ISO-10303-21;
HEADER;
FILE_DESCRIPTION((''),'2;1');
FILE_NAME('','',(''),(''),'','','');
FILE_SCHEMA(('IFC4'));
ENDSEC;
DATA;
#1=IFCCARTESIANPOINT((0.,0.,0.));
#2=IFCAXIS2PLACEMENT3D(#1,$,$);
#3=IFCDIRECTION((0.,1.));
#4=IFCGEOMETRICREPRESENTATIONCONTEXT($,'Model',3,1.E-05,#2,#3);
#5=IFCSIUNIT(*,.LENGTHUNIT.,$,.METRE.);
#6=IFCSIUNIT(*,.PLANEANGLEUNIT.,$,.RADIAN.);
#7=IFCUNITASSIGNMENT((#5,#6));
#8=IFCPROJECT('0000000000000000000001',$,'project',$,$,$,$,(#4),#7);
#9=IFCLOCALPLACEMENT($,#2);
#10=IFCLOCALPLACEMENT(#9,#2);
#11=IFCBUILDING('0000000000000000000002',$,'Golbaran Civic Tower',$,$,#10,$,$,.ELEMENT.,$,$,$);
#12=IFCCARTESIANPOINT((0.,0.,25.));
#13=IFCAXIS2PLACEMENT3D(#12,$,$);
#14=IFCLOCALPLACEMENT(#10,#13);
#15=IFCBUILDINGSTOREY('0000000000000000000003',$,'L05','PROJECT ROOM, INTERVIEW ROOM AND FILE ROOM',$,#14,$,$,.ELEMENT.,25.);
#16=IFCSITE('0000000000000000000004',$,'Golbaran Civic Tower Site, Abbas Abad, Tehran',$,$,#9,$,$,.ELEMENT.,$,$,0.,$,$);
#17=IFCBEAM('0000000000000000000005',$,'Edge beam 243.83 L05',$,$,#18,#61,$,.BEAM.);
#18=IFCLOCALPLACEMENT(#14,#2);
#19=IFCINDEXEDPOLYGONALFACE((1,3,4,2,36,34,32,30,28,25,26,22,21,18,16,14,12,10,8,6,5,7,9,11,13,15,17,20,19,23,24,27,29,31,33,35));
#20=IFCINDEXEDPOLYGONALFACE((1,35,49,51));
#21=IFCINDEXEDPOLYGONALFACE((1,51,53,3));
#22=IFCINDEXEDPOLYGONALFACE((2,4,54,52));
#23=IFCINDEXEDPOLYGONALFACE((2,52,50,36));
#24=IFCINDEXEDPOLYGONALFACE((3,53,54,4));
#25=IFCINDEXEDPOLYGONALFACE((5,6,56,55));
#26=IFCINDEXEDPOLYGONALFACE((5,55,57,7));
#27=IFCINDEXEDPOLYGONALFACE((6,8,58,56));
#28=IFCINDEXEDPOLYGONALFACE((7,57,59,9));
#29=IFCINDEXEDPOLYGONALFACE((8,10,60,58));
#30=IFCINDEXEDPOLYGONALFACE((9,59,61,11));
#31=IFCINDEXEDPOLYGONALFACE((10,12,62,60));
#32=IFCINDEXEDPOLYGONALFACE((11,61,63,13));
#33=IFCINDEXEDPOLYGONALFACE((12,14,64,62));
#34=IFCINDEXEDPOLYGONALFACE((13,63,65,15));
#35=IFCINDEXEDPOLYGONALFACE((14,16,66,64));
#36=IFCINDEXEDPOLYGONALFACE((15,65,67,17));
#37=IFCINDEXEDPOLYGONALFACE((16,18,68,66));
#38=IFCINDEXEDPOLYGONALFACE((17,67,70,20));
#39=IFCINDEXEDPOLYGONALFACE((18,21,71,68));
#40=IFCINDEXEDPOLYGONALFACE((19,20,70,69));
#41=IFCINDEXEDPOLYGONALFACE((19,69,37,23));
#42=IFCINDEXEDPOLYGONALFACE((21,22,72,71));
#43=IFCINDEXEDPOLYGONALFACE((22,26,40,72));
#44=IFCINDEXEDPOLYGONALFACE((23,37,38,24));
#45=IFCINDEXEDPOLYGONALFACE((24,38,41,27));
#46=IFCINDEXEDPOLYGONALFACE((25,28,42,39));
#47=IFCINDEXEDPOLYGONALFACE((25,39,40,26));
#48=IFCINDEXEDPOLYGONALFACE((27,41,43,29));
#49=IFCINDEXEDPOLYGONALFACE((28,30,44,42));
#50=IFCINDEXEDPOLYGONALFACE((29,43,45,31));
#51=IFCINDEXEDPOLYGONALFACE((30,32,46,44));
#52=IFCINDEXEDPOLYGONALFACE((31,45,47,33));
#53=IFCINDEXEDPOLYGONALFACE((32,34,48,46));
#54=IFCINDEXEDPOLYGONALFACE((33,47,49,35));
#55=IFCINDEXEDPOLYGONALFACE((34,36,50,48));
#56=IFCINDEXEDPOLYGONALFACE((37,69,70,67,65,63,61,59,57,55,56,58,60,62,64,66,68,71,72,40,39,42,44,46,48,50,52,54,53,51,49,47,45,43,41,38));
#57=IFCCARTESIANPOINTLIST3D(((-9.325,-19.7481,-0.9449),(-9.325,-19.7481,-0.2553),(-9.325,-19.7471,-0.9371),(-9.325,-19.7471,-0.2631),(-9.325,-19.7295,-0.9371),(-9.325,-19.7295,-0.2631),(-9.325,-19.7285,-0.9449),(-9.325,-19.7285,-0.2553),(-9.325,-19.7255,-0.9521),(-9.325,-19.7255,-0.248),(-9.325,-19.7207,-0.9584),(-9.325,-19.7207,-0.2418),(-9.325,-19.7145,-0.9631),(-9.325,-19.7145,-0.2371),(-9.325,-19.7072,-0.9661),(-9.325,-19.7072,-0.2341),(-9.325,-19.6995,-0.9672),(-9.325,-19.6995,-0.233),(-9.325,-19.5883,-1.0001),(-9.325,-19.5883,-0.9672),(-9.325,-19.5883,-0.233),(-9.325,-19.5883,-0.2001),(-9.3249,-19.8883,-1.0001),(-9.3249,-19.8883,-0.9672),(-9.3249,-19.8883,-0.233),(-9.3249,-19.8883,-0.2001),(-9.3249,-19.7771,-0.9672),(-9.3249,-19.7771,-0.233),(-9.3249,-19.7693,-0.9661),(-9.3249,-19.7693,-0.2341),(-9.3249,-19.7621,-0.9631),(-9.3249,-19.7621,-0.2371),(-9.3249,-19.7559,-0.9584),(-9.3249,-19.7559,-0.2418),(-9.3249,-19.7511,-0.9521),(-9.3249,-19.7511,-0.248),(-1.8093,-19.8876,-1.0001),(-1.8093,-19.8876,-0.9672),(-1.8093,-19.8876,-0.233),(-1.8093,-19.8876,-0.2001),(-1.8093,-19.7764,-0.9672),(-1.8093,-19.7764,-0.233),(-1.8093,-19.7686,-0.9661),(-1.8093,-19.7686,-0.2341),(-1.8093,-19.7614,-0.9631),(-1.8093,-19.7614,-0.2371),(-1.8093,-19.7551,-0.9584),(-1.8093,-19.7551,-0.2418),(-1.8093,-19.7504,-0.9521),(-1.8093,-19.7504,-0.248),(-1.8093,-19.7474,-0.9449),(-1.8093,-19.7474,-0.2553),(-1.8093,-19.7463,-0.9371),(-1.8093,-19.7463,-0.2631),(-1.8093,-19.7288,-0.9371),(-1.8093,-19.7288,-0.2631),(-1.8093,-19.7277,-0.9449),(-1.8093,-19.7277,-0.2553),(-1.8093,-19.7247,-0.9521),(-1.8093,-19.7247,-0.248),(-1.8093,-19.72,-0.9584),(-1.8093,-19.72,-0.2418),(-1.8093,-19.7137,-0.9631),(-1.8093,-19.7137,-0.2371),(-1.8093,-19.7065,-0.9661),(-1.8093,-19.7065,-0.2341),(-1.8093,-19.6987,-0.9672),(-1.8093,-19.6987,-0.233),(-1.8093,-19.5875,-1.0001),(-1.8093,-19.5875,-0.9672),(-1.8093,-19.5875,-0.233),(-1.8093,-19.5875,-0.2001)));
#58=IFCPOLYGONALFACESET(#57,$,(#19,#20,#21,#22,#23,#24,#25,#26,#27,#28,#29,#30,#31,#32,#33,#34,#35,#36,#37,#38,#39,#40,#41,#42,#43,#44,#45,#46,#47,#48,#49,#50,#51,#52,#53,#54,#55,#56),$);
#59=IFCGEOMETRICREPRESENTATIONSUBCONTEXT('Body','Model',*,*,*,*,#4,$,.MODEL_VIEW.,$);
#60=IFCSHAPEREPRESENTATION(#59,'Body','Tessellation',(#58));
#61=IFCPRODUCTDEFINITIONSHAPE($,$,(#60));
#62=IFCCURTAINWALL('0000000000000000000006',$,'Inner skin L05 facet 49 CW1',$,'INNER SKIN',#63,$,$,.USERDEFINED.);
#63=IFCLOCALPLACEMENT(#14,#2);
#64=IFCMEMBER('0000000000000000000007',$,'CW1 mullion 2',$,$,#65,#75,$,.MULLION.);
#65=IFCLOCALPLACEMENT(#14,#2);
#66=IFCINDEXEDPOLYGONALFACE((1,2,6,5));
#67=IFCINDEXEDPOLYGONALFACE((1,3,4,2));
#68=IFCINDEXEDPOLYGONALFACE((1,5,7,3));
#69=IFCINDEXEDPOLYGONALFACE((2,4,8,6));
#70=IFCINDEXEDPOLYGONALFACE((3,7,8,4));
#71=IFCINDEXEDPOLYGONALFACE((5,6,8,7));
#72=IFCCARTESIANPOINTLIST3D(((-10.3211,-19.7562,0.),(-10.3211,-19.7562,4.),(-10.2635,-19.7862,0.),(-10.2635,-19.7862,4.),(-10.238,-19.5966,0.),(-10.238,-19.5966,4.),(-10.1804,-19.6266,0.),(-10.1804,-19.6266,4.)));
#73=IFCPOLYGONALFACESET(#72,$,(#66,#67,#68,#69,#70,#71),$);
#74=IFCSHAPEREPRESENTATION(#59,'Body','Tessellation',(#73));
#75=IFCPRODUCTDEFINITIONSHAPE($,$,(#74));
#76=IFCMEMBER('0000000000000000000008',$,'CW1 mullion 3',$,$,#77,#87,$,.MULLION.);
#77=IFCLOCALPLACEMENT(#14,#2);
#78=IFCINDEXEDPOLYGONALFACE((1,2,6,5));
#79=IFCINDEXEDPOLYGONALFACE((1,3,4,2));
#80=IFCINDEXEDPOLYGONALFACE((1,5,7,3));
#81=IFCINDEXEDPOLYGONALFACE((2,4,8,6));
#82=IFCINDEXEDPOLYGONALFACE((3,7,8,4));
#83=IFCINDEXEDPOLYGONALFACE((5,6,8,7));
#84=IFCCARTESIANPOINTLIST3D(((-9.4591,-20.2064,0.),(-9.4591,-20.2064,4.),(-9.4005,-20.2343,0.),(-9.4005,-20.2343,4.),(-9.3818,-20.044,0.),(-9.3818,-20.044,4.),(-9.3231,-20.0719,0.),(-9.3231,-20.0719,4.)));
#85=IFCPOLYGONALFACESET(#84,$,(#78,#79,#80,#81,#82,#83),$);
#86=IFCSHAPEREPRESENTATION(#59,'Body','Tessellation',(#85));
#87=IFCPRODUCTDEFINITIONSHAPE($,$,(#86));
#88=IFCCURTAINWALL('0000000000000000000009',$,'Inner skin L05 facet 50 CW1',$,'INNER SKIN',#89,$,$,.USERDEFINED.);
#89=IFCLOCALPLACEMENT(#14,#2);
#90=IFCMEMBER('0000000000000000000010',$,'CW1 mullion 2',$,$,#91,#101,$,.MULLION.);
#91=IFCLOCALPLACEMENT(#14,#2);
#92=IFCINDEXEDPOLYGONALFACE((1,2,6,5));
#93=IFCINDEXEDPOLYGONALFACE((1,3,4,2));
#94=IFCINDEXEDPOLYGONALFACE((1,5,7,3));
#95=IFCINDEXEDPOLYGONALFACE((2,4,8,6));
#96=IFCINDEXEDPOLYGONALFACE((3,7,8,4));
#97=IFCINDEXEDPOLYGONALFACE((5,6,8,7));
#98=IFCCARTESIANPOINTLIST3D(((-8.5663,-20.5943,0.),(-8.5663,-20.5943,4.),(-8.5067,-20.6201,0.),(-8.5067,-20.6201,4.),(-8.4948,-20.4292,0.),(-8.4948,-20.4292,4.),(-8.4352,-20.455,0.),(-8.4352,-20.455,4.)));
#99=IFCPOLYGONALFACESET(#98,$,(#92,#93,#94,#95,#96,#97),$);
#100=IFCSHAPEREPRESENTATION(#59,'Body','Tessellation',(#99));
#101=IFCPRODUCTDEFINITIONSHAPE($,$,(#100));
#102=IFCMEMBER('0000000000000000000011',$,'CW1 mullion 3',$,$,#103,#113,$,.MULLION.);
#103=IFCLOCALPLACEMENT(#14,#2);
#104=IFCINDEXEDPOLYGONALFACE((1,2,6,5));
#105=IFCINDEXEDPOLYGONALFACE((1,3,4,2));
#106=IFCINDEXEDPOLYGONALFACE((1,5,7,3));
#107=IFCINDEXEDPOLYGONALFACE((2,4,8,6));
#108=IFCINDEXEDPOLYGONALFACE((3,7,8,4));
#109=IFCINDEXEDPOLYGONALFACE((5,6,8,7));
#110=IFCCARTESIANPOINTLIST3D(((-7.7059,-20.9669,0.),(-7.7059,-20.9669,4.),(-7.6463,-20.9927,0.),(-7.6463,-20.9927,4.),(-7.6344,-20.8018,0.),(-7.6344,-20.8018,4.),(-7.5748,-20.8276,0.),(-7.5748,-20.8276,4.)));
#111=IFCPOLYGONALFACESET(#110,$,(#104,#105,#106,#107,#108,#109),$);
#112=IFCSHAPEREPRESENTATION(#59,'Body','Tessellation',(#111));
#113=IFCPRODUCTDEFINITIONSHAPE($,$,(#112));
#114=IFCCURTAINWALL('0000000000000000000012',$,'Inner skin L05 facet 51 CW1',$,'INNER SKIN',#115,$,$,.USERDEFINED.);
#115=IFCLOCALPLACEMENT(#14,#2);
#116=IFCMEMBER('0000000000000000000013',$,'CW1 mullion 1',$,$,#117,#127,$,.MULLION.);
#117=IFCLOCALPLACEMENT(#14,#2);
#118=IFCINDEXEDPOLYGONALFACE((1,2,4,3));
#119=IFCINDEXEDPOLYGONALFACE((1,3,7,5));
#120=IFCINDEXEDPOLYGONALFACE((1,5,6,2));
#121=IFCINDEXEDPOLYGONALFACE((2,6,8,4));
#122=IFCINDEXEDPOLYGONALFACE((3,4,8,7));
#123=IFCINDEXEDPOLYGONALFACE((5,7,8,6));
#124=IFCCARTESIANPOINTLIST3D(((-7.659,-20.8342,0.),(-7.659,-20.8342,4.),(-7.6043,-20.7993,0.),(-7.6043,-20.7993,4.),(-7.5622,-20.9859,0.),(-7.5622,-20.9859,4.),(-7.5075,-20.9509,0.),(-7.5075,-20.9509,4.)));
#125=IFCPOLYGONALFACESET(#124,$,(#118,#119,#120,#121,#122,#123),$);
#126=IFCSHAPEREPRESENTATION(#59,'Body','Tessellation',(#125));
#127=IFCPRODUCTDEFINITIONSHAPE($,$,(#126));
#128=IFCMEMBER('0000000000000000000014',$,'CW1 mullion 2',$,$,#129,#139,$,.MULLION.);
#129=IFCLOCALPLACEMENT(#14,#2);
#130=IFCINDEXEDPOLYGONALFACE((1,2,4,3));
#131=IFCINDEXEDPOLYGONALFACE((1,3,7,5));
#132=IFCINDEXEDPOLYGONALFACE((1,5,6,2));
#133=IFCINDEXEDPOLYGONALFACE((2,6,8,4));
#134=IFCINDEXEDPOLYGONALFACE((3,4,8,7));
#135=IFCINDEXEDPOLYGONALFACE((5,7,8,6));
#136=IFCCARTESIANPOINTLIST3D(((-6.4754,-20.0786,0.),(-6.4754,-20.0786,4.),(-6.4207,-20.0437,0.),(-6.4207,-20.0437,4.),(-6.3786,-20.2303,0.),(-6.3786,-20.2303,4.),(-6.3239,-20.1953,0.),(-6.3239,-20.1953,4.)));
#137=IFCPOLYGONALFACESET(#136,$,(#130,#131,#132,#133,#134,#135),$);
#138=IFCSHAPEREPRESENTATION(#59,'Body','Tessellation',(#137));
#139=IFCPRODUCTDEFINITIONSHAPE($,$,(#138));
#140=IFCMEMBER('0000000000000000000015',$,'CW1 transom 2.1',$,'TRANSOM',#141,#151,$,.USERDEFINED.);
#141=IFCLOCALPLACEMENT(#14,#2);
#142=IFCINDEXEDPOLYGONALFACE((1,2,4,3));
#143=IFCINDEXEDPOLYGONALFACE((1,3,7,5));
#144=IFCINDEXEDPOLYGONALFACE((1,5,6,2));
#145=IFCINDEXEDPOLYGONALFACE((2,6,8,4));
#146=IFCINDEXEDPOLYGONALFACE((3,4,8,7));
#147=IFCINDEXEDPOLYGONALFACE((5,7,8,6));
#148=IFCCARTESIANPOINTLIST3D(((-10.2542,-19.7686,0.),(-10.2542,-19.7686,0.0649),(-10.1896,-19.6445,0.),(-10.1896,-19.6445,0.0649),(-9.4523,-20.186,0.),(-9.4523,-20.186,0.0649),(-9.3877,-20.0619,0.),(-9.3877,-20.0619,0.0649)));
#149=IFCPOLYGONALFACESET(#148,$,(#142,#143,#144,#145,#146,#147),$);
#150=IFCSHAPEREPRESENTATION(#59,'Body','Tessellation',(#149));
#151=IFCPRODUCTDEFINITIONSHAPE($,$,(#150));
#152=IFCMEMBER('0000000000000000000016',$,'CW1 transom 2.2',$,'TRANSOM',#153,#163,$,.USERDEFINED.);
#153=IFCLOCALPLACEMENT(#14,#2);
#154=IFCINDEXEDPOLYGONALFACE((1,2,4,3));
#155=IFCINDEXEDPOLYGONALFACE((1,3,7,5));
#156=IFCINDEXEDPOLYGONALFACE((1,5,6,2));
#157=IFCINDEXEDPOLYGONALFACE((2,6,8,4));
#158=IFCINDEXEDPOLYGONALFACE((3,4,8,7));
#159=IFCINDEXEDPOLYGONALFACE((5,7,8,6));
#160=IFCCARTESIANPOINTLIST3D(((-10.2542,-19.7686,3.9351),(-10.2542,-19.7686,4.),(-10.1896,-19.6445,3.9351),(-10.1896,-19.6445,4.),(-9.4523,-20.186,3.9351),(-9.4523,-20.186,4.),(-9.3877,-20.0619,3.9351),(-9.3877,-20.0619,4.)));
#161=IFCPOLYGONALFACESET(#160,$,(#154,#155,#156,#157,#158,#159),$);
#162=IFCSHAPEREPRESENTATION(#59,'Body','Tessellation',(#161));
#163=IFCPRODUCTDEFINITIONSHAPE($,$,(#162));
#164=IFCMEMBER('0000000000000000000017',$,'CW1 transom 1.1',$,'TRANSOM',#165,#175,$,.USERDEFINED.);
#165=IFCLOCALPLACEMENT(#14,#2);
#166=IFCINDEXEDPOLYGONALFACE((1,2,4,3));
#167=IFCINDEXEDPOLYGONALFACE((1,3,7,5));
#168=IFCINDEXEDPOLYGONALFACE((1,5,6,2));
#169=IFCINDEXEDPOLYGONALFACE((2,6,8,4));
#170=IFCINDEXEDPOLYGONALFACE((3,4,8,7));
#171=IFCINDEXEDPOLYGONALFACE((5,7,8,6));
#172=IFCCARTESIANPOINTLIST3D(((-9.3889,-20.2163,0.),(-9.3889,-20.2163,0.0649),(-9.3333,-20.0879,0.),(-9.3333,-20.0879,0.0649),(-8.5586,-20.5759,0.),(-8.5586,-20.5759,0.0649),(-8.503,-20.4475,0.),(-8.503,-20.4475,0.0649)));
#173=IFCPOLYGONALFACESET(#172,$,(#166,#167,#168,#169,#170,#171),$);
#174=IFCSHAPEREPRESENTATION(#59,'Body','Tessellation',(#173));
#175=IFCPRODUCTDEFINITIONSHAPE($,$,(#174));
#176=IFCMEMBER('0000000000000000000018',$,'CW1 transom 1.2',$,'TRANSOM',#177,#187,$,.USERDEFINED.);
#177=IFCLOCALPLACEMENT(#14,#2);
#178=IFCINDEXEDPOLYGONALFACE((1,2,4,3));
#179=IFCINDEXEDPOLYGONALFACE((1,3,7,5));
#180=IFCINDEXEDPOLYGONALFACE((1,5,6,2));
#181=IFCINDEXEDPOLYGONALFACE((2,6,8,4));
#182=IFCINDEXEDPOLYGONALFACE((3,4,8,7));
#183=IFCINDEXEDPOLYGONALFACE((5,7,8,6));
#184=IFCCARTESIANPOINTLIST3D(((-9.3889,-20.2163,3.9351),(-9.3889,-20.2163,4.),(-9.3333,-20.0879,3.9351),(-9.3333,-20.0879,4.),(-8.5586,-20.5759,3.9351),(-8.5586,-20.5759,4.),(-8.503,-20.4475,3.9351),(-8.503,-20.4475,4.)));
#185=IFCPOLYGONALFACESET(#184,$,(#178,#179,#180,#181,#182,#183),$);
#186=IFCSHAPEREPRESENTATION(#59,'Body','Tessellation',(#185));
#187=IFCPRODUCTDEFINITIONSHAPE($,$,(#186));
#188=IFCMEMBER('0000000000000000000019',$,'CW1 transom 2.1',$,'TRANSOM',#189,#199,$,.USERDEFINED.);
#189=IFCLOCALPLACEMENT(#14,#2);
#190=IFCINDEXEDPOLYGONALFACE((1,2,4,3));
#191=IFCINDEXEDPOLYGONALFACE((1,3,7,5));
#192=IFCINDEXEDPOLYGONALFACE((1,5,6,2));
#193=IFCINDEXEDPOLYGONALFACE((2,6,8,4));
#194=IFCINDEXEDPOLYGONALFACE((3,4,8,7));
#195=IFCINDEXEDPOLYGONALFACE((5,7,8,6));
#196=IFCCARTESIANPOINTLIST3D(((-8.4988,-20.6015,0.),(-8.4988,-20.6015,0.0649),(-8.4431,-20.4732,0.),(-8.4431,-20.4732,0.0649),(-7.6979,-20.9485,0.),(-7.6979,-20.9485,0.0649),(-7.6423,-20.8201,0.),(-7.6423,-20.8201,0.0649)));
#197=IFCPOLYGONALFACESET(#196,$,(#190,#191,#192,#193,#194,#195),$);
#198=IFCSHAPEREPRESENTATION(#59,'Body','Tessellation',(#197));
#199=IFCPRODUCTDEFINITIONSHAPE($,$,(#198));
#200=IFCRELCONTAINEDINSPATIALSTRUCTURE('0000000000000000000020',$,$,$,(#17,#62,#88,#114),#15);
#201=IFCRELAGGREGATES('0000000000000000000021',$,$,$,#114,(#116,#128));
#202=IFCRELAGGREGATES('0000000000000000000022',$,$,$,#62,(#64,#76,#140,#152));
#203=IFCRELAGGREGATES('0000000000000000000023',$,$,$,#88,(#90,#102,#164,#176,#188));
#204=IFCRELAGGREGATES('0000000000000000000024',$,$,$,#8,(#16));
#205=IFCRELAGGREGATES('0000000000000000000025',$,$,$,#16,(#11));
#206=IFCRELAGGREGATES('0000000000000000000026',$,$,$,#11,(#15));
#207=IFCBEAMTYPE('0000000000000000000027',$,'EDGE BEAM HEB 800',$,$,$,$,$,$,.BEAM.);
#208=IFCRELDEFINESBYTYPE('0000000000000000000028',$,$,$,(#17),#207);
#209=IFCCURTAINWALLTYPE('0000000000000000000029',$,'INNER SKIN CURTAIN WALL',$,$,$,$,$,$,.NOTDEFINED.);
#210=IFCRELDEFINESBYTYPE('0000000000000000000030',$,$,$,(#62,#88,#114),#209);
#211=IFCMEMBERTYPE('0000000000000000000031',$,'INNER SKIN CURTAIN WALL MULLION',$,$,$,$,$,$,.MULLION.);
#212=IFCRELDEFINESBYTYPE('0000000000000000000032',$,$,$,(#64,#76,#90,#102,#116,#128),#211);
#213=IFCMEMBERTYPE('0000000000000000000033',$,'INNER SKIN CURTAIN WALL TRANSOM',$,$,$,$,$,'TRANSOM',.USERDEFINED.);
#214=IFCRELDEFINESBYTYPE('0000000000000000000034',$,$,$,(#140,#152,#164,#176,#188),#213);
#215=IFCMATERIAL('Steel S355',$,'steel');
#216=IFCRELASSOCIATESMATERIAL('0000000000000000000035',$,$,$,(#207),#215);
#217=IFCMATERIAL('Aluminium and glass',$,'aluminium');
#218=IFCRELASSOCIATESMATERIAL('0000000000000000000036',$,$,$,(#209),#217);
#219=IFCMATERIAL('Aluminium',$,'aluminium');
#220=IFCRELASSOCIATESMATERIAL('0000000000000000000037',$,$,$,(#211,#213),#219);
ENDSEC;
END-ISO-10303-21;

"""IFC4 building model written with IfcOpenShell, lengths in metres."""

from ifc_helpers import new_model, si_unit, direction, frame, origin, origin_2d, place, context, subcontext, project, spatial, rectangle, i_section, extrude, material, material_profile, profile_set, type_object, element, aggregate, save


model = new_model("IFC4")

# Units and contexts
model_context = context("Model", 3, precision=1e-05, world=origin(), true_north=direction((0.0, 1.0)))
body_context = subcontext(model_context, "Body", "Model", "MODEL_VIEW")
ifc_project = project(units=[si_unit("LENGTHUNIT", "METRE"), si_unit("PLANEANGLEUNIT", "RADIAN")], contexts=[model_context])

# Site, building, storey
site_placement = place(None, origin())
site = spatial("IfcSite", under=ifc_project, at=site_placement, Name="Golbaran Civic Tower Site, Abbas Abad, Tehran", CompositionType="ELEMENT", RefElevation=0.0)
building_placement = place(site_placement, origin())
building = spatial("IfcBuilding", under=site, at=building_placement, Name="Golbaran Civic Tower", CompositionType="ELEMENT")
storey_placement = place(building_placement, frame((0.0, 0.0, 25.0)))
storey = spatial("IfcBuildingStorey", under=building, at=storey_placement, Name="L05", Description="PROJECT ROOM, INTERVIEW ROOM AND FILE ROOM", CompositionType="ELEMENT", Elevation=25.0)

# Beam
ifc_material_1 = material(Name="Steel S355", Category="steel")
ifc_material_profile_1 = material_profile(ifc_material_1, i_section(OverallWidth=0.3, OverallDepth=0.8, WebThickness=0.0176, FlangeThickness=0.033, FilletRadius=0.03, at=origin_2d()), Name="HEB 800")
ifc_profile_set_1 = profile_set([ifc_material_profile_1], Name="Steel S355")
beam_type = type_object("IfcBeamType", Name="EDGE BEAM HEB 800", PredefinedType="BEAM", material=ifc_profile_set_1)
beam_placement = place(storey_placement, frame((-9.325, -19.7383, -0.6001), z_axis=(1.0, 0.000097, 0.0), x_axis=(-0.000097, 1.0, 0.0)))
element("IfcBeam", 1, at=beam_placement, inside=storey, type_object=beam_type, Name="Edge beam 243.83 L05", PredefinedType="BEAM", context=body_context, shape_type="SweptSolid", body=[
    extrude(i_section(OverallWidth=0.3, OverallDepth=0.8, WebThickness=0.0176, FlangeThickness=0.033, FilletRadius=0.03, at=origin_2d()), origin(), (0.0, 0.0, 1.0), 7.5156),
])

# Curtain walls, members
ifc_material_2 = material(Name="Aluminium and glass", Category="aluminium")
curtain_wall_type = type_object("IfcCurtainWallType", Name="INNER SKIN CURTAIN WALL", PredefinedType="NOTDEFINED", material=ifc_material_2)
curtain_wall_1_placement = place(storey_placement, origin())
curtain_wall_1 = element("IfcCurtainWall", 2, at=curtain_wall_1_placement, inside=storey, type_object=curtain_wall_type, Name="Inner skin L05 facet 49 CW1", ObjectType="INNER SKIN", PredefinedType="USERDEFINED")
ifc_material_3 = material(Name="Aluminium", Category="aluminium")
ifc_material_profile_2 = material_profile(ifc_material_3, rectangle(XDim=0.1799, YDim=0.0649, at=origin_2d()), Name="INNER SKIN CURTAIN WALL MULLION")
ifc_profile_set_2 = profile_set([ifc_material_profile_2], Name="Aluminium")
member_type_1 = type_object("IfcMemberType", Name="INNER SKIN CURTAIN WALL MULLION", PredefinedType="MULLION", material=ifc_profile_set_2)
member_1_placement = place(storey_placement, frame((-10.2507, -19.6914, 0.0), z_axis=(0.0, 0.0, 1.0), x_axis=(0.461749, 0.887011, 0.0)))
member_1 = element("IfcMember", 3, at=member_1_placement, type_object=member_type_1, Name="CW1 mullion 2", PredefinedType="MULLION", context=body_context, shape_type="SweptSolid", body=[
    extrude(rectangle(XDim=0.1799, YDim=0.0649, at=origin_2d()), origin(), (0.0, 0.0, 1.0), 4.0),
])
member_2_placement = place(storey_placement, frame((-9.3911, -20.1392, 0.0), z_axis=(0.0, 0.0, 1.0), x_axis=(0.429839, 0.902906, 0.0)))
member_2 = element("IfcMember", 4, at=member_2_placement, type_object=member_type_1, Name="CW1 mullion 3", PredefinedType="MULLION", context=body_context, shape_type="SweptSolid", body=[
    extrude(rectangle(XDim=0.1799, YDim=0.0649, at=origin_2d()), origin(), (0.0, 0.0, 1.0), 4.0),
])
curtain_wall_2_placement = place(storey_placement, origin())
curtain_wall_2 = element("IfcCurtainWall", 5, at=curtain_wall_2_placement, inside=storey, type_object=curtain_wall_type, Name="Inner skin L05 facet 50 CW1", ObjectType="INNER SKIN", PredefinedType="USERDEFINED")
member_3_placement = place(storey_placement, frame((-8.5007, -20.5247, 0.0), z_axis=(0.0, 0.0, 1.0), x_axis=(0.397383, 0.917653, 0.0)))
member_3 = element("IfcMember", 6, at=member_3_placement, type_object=member_type_1, Name="CW1 mullion 2", PredefinedType="MULLION", context=body_context, shape_type="SweptSolid", body=[
    extrude(rectangle(XDim=0.1799, YDim=0.0649, at=origin_2d()), origin(), (0.0, 0.0, 1.0), 4.0),
])
member_4_placement = place(storey_placement, frame((-7.6404, -20.8972, 0.0), z_axis=(0.0, 0.0, 1.0), x_axis=(0.397383, 0.917653, 0.0)))
member_4 = element("IfcMember", 7, at=member_4_placement, type_object=member_type_1, Name="CW1 mullion 3", PredefinedType="MULLION", context=body_context, shape_type="SweptSolid", body=[
    extrude(rectangle(XDim=0.1799, YDim=0.0649, at=origin_2d()), origin(), (0.0, 0.0, 1.0), 4.0),
])
curtain_wall_3_placement = place(storey_placement, origin())
curtain_wall_3 = element("IfcCurtainWall", 8, at=curtain_wall_3_placement, inside=storey, type_object=curtain_wall_type, Name="Inner skin L05 facet 51 CW1", ObjectType="INNER SKIN", PredefinedType="USERDEFINED")
member_5_placement = place(storey_placement, frame((-7.5833, -20.8926, 0.0), z_axis=(0.0, 0.0, 1.0), x_axis=(-0.538063, 0.842904, 0.0)))
member_5 = element("IfcMember", 9, at=member_5_placement, type_object=member_type_1, Name="CW1 mullion 1", PredefinedType="MULLION", context=body_context, shape_type="SweptSolid", body=[
    extrude(rectangle(XDim=0.1799, YDim=0.0649, at=origin_2d()), origin(), (0.0, 0.0, 1.0), 4.0),
])
member_6_placement = place(storey_placement, frame((-6.3997, -20.137, 0.0), z_axis=(0.0, 0.0, 1.0), x_axis=(-0.538063, 0.842904, 0.0)))
member_6 = element("IfcMember", 10, at=member_6_placement, type_object=member_type_1, Name="CW1 mullion 2", PredefinedType="MULLION", context=body_context, shape_type="SweptSolid", body=[
    extrude(rectangle(XDim=0.1799, YDim=0.0649, at=origin_2d()), origin(), (0.0, 0.0, 1.0), 4.0),
])

# Members
ifc_material_profile_3 = material_profile(ifc_material_3, rectangle(XDim=0.1399, YDim=0.0649, at=origin_2d()), Name="INNER SKIN CURTAIN WALL TRANSOM")
ifc_profile_set_3 = profile_set([ifc_material_profile_3], Name="Aluminium")
member_type_2 = type_object("IfcMemberType", Name="INNER SKIN CURTAIN WALL TRANSOM", ElementType="TRANSOM", PredefinedType="USERDEFINED", material=ifc_profile_set_3)
member_7_placement = place(storey_placement, frame((-10.2219, -19.7065, 0.0325), z_axis=(0.887018, -0.461735, 0.0), x_axis=(0.461735, 0.887018, 0.0)))
member_7 = element("IfcMember", 11, at=member_7_placement, type_object=member_type_2, Name="CW1 transom 2.1", ObjectType="TRANSOM", PredefinedType="USERDEFINED", context=body_context, shape_type="SweptSolid", body=[
    extrude(rectangle(XDim=0.1399, YDim=0.0649, at=origin_2d()), origin(), (0.0, 0.0, 1.0), 0.9041),
])
member_8_placement = place(storey_placement, frame((-10.2219, -19.7065, 3.9675), z_axis=(0.887018, -0.461735, 0.0), x_axis=(0.461735, 0.887018, 0.0)))
member_8 = element("IfcMember", 12, at=member_8_placement, type_object=member_type_2, Name="CW1 transom 2.2", ObjectType="TRANSOM", PredefinedType="USERDEFINED", context=body_context, shape_type="SweptSolid", body=[
    extrude(rectangle(XDim=0.1399, YDim=0.0649, at=origin_2d()), origin(), (0.0, 0.0, 1.0), 0.9041),
])
member_9_placement = place(storey_placement, frame((-9.3611, -20.1521, 0.0325), z_axis=(0.917631, -0.397433, 0.0), x_axis=(0.397433, 0.917631, 0.0)))
member_9 = element("IfcMember", 13, at=member_9_placement, type_object=member_type_2, Name="CW1 transom 1.1", ObjectType="TRANSOM", PredefinedType="USERDEFINED", context=body_context, shape_type="SweptSolid", body=[
    extrude(rectangle(XDim=0.1399, YDim=0.0649, at=origin_2d()), origin(), (0.0, 0.0, 1.0), 0.9048),
])
member_10_placement = place(storey_placement, frame((-9.3611, -20.1521, 3.9675), z_axis=(0.917631, -0.397433, 0.0), x_axis=(0.397433, 0.917631, 0.0)))
member_10 = element("IfcMember", 14, at=member_10_placement, type_object=member_type_2, Name="CW1 transom 1.2", ObjectType="TRANSOM", PredefinedType="USERDEFINED", context=body_context, shape_type="SweptSolid", body=[
    extrude(rectangle(XDim=0.1399, YDim=0.0649, at=origin_2d()), origin(), (0.0, 0.0, 1.0), 0.9048),
])
member_11_placement = place(storey_placement, frame((-8.4709, -20.5374, 0.0325), z_axis=(0.91759, -0.397529, 0.0), x_axis=(0.397529, 0.91759, 0.0)))
member_11 = element("IfcMember", 15, at=member_11_placement, type_object=member_type_2, Name="CW1 transom 2.1", ObjectType="TRANSOM", PredefinedType="USERDEFINED", context=body_context, shape_type="SweptSolid", body=[
    extrude(rectangle(XDim=0.1399, YDim=0.0649, at=origin_2d()), origin(), (0.0, 0.0, 1.0), 0.8728),
])

aggregate(curtain_wall_3, [member_5, member_6])
aggregate(curtain_wall_1, [member_1, member_2, member_7, member_8])
aggregate(curtain_wall_2, [member_3, member_4, member_9, member_10, member_11])

save(model, "model.ifc")
